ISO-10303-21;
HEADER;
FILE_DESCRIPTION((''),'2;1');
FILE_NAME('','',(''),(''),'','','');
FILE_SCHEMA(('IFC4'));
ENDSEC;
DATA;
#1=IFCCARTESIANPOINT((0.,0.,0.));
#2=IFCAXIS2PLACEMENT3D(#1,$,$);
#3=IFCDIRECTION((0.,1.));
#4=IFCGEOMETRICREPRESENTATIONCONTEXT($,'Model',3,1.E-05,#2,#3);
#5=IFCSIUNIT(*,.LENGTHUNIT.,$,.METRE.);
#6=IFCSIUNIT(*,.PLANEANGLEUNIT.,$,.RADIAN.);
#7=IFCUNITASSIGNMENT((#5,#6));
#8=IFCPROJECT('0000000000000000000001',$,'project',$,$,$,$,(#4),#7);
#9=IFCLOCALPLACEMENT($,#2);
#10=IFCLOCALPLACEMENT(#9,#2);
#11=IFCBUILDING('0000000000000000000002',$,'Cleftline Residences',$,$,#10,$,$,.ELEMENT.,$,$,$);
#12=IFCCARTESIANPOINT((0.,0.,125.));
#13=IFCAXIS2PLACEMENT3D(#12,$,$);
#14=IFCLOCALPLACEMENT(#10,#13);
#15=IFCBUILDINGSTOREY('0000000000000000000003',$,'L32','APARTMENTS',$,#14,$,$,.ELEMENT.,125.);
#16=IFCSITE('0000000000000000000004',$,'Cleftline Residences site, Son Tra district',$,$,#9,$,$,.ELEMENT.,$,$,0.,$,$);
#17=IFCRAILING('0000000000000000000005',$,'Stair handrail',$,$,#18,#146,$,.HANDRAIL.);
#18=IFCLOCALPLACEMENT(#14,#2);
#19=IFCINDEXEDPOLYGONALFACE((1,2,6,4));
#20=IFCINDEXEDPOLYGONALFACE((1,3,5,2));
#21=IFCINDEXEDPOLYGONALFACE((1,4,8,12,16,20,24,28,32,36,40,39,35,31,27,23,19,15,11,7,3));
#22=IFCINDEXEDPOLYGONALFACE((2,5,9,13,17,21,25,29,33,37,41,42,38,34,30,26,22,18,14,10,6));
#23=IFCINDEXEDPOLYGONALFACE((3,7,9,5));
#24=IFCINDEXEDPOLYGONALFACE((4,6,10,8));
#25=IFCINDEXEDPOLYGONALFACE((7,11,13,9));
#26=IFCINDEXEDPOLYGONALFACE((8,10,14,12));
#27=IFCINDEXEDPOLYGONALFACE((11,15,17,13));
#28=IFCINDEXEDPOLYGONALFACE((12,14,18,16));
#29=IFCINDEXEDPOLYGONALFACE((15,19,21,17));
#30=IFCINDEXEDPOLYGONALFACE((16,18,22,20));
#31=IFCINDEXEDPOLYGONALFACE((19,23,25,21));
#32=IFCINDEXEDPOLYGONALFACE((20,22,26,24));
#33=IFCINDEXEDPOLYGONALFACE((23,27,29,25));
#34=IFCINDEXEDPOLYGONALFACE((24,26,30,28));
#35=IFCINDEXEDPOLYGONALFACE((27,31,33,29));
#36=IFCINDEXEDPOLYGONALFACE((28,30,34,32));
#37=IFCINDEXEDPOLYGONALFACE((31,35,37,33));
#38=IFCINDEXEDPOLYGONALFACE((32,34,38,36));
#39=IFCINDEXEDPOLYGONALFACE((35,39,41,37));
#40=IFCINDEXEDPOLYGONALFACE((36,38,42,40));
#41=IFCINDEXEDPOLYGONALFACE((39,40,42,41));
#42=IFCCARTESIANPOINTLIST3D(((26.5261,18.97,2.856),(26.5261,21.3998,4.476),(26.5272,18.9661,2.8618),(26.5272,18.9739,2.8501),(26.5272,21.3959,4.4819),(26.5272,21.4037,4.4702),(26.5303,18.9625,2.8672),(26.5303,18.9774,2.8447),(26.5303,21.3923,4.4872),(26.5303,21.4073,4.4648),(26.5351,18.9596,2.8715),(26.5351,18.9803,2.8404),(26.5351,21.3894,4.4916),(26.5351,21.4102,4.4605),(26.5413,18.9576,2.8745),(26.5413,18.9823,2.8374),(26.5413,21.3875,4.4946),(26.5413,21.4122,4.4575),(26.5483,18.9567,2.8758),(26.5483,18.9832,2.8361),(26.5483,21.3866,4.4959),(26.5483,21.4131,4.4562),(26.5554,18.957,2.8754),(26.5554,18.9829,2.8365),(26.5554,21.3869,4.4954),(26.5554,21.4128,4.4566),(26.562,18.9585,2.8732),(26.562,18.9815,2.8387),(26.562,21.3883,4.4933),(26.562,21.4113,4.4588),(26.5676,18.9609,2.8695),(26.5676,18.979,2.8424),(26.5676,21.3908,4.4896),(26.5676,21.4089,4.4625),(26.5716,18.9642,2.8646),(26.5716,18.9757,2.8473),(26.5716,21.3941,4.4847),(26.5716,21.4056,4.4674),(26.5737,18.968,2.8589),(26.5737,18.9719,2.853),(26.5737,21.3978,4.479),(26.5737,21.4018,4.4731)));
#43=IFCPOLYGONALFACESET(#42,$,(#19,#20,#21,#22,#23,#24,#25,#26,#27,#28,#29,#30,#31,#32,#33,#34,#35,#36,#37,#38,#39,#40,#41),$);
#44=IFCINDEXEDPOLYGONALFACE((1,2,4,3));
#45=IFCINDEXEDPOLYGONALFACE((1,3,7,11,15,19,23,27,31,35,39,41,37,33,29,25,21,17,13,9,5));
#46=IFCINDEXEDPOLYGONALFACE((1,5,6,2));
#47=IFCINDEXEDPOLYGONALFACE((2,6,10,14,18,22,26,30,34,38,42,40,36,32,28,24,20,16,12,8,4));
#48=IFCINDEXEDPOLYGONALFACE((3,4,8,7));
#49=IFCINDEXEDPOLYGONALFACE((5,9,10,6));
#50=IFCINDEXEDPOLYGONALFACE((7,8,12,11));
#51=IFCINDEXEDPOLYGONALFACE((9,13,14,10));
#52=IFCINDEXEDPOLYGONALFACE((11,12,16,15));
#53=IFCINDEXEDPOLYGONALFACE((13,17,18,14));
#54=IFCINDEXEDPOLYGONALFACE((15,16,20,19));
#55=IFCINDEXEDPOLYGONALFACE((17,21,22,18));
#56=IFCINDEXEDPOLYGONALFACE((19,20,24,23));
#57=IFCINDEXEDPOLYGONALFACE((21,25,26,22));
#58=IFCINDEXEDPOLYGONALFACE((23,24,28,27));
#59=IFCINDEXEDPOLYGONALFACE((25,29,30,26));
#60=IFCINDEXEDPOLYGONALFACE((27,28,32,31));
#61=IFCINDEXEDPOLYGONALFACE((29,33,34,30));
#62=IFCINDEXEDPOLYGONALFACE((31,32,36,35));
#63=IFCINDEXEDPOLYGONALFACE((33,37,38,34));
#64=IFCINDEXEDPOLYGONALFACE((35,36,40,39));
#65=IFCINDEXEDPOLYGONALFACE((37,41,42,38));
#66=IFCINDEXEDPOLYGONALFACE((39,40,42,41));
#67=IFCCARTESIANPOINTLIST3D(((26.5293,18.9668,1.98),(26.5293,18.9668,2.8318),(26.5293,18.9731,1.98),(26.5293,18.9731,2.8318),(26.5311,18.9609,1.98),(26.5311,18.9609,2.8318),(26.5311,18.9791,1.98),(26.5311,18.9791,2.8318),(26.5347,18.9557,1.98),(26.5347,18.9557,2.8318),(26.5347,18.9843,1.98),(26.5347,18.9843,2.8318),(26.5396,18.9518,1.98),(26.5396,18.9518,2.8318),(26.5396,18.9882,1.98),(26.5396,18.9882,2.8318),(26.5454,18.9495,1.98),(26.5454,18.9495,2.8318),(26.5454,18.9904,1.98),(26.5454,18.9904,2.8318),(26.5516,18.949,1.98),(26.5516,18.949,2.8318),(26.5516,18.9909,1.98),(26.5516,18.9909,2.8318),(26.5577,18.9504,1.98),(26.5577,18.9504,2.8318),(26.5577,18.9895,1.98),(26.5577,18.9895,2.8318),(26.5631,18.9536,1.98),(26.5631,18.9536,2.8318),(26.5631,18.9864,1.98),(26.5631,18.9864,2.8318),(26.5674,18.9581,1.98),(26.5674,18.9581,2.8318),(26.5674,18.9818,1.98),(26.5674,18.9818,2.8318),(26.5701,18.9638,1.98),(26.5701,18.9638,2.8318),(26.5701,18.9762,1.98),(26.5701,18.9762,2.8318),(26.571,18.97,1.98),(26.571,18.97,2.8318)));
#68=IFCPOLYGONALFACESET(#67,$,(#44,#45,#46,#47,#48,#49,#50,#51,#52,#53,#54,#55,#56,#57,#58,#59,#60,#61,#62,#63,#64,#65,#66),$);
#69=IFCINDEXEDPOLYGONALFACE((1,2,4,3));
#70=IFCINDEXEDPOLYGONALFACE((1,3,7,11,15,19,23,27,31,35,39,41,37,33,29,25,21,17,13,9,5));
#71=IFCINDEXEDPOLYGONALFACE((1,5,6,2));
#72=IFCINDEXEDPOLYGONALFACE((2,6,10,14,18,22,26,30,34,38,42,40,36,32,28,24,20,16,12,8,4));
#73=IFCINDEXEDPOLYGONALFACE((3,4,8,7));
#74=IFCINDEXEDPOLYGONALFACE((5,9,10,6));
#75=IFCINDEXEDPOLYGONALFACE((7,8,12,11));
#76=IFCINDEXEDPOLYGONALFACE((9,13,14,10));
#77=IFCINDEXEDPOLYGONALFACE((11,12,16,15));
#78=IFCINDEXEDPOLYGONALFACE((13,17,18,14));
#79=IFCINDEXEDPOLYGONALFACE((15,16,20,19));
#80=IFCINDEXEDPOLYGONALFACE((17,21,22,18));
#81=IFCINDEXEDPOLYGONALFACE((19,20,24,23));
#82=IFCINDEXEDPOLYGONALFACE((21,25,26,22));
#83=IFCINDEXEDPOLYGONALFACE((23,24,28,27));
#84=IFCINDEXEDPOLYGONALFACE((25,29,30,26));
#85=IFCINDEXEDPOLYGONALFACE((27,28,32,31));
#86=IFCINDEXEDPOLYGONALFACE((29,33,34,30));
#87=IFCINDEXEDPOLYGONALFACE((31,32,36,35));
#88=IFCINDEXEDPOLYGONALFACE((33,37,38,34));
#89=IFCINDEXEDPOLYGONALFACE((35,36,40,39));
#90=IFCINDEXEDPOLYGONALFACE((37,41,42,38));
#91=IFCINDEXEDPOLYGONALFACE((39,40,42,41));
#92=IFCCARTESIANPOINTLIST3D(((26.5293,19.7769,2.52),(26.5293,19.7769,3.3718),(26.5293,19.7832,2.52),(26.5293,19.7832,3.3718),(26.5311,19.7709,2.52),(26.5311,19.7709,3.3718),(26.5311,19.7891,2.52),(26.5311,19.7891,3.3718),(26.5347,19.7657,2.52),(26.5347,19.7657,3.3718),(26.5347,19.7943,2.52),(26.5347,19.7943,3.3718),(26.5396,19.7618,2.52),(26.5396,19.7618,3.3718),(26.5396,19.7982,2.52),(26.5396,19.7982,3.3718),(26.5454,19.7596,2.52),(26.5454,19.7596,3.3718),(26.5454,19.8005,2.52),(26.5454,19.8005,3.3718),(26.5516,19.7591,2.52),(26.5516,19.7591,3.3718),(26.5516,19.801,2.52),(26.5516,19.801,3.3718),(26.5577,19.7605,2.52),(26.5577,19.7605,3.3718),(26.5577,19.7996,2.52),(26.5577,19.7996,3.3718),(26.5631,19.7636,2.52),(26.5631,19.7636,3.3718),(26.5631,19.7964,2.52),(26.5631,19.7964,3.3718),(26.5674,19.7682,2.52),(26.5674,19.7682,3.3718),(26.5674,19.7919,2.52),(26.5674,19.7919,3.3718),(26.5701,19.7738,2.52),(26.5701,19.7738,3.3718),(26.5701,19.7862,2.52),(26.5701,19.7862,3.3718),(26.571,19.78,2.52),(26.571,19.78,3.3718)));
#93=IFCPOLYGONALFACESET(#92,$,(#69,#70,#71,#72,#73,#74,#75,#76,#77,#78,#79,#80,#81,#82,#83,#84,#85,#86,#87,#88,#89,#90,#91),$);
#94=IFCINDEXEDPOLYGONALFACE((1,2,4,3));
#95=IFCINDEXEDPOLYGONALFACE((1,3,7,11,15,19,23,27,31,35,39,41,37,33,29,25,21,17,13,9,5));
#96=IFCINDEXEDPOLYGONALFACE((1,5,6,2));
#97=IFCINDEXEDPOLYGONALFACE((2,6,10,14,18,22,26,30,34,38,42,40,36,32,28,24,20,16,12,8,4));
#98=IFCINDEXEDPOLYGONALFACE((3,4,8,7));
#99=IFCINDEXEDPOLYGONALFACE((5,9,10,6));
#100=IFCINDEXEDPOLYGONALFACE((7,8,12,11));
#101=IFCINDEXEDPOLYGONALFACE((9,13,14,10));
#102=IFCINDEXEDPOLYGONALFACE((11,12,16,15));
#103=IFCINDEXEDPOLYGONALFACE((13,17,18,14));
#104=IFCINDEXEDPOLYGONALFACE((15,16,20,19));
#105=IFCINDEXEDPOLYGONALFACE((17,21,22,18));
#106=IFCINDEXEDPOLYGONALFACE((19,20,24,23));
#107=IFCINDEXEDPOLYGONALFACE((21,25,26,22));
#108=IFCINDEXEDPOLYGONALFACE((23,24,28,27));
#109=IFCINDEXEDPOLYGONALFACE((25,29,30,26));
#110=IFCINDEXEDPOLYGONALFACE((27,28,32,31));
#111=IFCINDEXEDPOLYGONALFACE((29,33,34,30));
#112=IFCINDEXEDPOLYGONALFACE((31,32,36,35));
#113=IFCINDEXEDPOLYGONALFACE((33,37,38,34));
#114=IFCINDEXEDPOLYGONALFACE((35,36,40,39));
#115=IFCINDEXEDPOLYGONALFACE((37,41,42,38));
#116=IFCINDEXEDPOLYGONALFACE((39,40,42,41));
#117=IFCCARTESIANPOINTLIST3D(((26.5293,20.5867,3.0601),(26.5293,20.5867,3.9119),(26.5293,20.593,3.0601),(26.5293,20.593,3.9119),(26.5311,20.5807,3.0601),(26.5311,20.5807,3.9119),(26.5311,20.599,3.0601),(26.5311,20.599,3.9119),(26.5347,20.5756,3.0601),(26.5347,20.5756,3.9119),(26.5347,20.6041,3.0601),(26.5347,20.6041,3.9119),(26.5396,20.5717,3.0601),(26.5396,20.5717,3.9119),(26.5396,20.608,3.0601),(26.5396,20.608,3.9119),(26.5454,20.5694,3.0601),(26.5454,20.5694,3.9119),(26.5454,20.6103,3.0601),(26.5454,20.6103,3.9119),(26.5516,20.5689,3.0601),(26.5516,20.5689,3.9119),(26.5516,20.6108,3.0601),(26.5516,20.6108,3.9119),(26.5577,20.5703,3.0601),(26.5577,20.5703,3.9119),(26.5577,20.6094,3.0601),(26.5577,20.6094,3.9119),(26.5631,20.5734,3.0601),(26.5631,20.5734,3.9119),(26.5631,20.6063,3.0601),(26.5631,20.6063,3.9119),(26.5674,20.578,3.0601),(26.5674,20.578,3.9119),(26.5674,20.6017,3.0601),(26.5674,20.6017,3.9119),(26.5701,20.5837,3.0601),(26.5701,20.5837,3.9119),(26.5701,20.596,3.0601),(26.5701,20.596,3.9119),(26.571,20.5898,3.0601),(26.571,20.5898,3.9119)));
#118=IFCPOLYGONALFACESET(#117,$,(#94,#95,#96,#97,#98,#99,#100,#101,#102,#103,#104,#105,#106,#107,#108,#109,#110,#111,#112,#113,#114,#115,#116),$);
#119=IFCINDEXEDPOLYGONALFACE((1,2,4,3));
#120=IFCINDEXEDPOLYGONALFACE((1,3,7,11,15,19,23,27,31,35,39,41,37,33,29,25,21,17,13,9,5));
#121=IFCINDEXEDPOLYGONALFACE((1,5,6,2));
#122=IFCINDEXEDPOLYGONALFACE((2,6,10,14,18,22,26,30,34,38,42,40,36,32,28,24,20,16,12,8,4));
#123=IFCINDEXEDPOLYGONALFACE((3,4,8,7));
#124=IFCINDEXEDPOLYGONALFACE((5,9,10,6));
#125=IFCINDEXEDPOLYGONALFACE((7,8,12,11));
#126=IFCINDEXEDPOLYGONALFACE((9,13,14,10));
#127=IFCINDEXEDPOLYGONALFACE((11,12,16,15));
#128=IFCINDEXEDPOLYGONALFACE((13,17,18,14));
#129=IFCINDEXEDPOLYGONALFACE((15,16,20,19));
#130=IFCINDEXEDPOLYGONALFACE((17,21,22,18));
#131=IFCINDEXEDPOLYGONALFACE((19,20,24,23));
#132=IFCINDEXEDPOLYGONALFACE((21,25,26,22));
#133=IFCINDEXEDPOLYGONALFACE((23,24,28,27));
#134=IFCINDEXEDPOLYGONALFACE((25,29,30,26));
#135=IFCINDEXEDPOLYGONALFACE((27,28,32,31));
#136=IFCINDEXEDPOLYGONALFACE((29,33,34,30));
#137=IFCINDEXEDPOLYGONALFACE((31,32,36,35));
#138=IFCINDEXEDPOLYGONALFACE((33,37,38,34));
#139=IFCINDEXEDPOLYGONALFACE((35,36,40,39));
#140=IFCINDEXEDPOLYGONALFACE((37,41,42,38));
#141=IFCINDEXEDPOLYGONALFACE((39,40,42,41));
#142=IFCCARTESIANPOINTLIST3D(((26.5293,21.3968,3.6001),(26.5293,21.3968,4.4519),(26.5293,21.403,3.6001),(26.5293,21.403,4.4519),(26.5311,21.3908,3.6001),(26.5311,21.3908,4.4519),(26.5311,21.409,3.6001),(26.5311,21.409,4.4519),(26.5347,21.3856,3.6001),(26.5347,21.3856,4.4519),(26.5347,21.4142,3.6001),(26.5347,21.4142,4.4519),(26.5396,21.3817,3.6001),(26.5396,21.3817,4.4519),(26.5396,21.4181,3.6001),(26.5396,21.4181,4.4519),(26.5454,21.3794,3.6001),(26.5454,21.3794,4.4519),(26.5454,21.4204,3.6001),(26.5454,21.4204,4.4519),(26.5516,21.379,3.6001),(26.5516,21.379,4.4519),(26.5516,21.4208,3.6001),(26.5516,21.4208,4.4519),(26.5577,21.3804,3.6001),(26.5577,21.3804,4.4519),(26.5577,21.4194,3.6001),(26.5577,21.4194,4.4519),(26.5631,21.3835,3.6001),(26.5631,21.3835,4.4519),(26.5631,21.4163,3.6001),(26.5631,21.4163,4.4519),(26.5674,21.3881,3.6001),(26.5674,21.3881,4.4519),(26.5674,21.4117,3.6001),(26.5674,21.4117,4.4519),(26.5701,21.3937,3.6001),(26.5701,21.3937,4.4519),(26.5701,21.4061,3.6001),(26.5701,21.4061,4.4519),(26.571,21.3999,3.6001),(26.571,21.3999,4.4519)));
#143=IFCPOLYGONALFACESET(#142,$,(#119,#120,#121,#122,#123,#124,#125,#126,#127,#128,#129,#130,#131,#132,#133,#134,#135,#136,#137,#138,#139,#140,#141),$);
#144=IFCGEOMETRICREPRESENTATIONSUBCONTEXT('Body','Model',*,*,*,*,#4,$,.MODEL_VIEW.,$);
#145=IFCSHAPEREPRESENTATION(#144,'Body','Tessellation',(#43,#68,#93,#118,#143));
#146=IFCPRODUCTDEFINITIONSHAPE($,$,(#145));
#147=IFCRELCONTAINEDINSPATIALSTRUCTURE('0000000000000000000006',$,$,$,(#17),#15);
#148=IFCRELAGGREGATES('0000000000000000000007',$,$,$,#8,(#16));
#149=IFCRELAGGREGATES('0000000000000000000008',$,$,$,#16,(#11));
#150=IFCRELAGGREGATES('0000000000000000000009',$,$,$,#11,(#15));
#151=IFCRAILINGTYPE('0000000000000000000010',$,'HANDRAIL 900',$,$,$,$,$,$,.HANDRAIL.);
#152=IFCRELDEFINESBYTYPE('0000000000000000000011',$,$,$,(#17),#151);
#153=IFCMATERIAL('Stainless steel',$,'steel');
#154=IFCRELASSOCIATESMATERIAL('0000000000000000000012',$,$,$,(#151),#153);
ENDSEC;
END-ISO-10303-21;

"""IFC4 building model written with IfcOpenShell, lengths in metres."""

from ifc_helpers import new_model, si_unit, direction, frame, origin, origin_2d, place, context, subcontext, project, spatial, circle, extrude, material, type_object, element, save


model = new_model("IFC4")

# Units and contexts
model_context = context("Model", 3, precision=1e-05, world=origin(), true_north=direction((0.0, 1.0)))
body_context = subcontext(model_context, "Body", "Model", "MODEL_VIEW")
ifc_project = project(units=[si_unit("LENGTHUNIT", "METRE"), si_unit("PLANEANGLEUNIT", "RADIAN")], contexts=[model_context])

# Site, building, storey
site_placement = place(None, origin())
site = spatial("IfcSite", under=ifc_project, at=site_placement, Name="Cleftline Residences site, Son Tra district", CompositionType="ELEMENT", RefElevation=0.0)
building_placement = place(site_placement, origin())
building = spatial("IfcBuilding", under=site, at=building_placement, Name="Cleftline Residences", CompositionType="ELEMENT")
storey_placement = place(building_placement, frame((0.0, 0.0, 125.0)))
storey = spatial("IfcBuildingStorey", under=building, at=storey_placement, Name="L32", Description="APARTMENTS", CompositionType="ELEMENT", Elevation=125.0)

# Railing
ifc_material_1 = material(Name="Stainless steel", Category="steel")
railing_type = type_object("IfcRailingType", Name="HANDRAIL 900", PredefinedType="HANDRAIL", material=ifc_material_1)
railing_1_placement = place(storey_placement, frame((26.55, 18.97, 1.98)))
element("IfcRailing", 1, at=railing_1_placement, inside=storey, type_object=railing_type, Name="Stair handrail", PredefinedType="HANDRAIL", context=body_context, shape_type="SweptSolid", body=[
    extrude(circle(Radius=0.0239, at=origin_2d()), frame((0.0, 0.0, 0.876), z_axis=(0.0, 0.832025, 0.554739), x_axis=(-1.0, 0.0, 0.0)), (0.0, 0.0, 1.0), 2.9204),
    extrude(circle(Radius=0.021, at=origin_2d()), origin(), (0.0, 0.0, 1.0), 0.8518),
    extrude(circle(Radius=0.021, at=origin_2d()), frame((0.0, 0.8101, 0.54)), (0.0, 0.0, 1.0), 0.8518),
    extrude(circle(Radius=0.021, at=origin_2d()), frame((0.0, 1.6199, 1.0801)), (0.0, 0.0, 1.0), 0.8518),
    extrude(circle(Radius=0.021, at=origin_2d()), frame((0.0, 2.4299, 1.6201)), (0.0, 0.0, 1.0), 0.8518),
])

save(model, "model.ifc")
